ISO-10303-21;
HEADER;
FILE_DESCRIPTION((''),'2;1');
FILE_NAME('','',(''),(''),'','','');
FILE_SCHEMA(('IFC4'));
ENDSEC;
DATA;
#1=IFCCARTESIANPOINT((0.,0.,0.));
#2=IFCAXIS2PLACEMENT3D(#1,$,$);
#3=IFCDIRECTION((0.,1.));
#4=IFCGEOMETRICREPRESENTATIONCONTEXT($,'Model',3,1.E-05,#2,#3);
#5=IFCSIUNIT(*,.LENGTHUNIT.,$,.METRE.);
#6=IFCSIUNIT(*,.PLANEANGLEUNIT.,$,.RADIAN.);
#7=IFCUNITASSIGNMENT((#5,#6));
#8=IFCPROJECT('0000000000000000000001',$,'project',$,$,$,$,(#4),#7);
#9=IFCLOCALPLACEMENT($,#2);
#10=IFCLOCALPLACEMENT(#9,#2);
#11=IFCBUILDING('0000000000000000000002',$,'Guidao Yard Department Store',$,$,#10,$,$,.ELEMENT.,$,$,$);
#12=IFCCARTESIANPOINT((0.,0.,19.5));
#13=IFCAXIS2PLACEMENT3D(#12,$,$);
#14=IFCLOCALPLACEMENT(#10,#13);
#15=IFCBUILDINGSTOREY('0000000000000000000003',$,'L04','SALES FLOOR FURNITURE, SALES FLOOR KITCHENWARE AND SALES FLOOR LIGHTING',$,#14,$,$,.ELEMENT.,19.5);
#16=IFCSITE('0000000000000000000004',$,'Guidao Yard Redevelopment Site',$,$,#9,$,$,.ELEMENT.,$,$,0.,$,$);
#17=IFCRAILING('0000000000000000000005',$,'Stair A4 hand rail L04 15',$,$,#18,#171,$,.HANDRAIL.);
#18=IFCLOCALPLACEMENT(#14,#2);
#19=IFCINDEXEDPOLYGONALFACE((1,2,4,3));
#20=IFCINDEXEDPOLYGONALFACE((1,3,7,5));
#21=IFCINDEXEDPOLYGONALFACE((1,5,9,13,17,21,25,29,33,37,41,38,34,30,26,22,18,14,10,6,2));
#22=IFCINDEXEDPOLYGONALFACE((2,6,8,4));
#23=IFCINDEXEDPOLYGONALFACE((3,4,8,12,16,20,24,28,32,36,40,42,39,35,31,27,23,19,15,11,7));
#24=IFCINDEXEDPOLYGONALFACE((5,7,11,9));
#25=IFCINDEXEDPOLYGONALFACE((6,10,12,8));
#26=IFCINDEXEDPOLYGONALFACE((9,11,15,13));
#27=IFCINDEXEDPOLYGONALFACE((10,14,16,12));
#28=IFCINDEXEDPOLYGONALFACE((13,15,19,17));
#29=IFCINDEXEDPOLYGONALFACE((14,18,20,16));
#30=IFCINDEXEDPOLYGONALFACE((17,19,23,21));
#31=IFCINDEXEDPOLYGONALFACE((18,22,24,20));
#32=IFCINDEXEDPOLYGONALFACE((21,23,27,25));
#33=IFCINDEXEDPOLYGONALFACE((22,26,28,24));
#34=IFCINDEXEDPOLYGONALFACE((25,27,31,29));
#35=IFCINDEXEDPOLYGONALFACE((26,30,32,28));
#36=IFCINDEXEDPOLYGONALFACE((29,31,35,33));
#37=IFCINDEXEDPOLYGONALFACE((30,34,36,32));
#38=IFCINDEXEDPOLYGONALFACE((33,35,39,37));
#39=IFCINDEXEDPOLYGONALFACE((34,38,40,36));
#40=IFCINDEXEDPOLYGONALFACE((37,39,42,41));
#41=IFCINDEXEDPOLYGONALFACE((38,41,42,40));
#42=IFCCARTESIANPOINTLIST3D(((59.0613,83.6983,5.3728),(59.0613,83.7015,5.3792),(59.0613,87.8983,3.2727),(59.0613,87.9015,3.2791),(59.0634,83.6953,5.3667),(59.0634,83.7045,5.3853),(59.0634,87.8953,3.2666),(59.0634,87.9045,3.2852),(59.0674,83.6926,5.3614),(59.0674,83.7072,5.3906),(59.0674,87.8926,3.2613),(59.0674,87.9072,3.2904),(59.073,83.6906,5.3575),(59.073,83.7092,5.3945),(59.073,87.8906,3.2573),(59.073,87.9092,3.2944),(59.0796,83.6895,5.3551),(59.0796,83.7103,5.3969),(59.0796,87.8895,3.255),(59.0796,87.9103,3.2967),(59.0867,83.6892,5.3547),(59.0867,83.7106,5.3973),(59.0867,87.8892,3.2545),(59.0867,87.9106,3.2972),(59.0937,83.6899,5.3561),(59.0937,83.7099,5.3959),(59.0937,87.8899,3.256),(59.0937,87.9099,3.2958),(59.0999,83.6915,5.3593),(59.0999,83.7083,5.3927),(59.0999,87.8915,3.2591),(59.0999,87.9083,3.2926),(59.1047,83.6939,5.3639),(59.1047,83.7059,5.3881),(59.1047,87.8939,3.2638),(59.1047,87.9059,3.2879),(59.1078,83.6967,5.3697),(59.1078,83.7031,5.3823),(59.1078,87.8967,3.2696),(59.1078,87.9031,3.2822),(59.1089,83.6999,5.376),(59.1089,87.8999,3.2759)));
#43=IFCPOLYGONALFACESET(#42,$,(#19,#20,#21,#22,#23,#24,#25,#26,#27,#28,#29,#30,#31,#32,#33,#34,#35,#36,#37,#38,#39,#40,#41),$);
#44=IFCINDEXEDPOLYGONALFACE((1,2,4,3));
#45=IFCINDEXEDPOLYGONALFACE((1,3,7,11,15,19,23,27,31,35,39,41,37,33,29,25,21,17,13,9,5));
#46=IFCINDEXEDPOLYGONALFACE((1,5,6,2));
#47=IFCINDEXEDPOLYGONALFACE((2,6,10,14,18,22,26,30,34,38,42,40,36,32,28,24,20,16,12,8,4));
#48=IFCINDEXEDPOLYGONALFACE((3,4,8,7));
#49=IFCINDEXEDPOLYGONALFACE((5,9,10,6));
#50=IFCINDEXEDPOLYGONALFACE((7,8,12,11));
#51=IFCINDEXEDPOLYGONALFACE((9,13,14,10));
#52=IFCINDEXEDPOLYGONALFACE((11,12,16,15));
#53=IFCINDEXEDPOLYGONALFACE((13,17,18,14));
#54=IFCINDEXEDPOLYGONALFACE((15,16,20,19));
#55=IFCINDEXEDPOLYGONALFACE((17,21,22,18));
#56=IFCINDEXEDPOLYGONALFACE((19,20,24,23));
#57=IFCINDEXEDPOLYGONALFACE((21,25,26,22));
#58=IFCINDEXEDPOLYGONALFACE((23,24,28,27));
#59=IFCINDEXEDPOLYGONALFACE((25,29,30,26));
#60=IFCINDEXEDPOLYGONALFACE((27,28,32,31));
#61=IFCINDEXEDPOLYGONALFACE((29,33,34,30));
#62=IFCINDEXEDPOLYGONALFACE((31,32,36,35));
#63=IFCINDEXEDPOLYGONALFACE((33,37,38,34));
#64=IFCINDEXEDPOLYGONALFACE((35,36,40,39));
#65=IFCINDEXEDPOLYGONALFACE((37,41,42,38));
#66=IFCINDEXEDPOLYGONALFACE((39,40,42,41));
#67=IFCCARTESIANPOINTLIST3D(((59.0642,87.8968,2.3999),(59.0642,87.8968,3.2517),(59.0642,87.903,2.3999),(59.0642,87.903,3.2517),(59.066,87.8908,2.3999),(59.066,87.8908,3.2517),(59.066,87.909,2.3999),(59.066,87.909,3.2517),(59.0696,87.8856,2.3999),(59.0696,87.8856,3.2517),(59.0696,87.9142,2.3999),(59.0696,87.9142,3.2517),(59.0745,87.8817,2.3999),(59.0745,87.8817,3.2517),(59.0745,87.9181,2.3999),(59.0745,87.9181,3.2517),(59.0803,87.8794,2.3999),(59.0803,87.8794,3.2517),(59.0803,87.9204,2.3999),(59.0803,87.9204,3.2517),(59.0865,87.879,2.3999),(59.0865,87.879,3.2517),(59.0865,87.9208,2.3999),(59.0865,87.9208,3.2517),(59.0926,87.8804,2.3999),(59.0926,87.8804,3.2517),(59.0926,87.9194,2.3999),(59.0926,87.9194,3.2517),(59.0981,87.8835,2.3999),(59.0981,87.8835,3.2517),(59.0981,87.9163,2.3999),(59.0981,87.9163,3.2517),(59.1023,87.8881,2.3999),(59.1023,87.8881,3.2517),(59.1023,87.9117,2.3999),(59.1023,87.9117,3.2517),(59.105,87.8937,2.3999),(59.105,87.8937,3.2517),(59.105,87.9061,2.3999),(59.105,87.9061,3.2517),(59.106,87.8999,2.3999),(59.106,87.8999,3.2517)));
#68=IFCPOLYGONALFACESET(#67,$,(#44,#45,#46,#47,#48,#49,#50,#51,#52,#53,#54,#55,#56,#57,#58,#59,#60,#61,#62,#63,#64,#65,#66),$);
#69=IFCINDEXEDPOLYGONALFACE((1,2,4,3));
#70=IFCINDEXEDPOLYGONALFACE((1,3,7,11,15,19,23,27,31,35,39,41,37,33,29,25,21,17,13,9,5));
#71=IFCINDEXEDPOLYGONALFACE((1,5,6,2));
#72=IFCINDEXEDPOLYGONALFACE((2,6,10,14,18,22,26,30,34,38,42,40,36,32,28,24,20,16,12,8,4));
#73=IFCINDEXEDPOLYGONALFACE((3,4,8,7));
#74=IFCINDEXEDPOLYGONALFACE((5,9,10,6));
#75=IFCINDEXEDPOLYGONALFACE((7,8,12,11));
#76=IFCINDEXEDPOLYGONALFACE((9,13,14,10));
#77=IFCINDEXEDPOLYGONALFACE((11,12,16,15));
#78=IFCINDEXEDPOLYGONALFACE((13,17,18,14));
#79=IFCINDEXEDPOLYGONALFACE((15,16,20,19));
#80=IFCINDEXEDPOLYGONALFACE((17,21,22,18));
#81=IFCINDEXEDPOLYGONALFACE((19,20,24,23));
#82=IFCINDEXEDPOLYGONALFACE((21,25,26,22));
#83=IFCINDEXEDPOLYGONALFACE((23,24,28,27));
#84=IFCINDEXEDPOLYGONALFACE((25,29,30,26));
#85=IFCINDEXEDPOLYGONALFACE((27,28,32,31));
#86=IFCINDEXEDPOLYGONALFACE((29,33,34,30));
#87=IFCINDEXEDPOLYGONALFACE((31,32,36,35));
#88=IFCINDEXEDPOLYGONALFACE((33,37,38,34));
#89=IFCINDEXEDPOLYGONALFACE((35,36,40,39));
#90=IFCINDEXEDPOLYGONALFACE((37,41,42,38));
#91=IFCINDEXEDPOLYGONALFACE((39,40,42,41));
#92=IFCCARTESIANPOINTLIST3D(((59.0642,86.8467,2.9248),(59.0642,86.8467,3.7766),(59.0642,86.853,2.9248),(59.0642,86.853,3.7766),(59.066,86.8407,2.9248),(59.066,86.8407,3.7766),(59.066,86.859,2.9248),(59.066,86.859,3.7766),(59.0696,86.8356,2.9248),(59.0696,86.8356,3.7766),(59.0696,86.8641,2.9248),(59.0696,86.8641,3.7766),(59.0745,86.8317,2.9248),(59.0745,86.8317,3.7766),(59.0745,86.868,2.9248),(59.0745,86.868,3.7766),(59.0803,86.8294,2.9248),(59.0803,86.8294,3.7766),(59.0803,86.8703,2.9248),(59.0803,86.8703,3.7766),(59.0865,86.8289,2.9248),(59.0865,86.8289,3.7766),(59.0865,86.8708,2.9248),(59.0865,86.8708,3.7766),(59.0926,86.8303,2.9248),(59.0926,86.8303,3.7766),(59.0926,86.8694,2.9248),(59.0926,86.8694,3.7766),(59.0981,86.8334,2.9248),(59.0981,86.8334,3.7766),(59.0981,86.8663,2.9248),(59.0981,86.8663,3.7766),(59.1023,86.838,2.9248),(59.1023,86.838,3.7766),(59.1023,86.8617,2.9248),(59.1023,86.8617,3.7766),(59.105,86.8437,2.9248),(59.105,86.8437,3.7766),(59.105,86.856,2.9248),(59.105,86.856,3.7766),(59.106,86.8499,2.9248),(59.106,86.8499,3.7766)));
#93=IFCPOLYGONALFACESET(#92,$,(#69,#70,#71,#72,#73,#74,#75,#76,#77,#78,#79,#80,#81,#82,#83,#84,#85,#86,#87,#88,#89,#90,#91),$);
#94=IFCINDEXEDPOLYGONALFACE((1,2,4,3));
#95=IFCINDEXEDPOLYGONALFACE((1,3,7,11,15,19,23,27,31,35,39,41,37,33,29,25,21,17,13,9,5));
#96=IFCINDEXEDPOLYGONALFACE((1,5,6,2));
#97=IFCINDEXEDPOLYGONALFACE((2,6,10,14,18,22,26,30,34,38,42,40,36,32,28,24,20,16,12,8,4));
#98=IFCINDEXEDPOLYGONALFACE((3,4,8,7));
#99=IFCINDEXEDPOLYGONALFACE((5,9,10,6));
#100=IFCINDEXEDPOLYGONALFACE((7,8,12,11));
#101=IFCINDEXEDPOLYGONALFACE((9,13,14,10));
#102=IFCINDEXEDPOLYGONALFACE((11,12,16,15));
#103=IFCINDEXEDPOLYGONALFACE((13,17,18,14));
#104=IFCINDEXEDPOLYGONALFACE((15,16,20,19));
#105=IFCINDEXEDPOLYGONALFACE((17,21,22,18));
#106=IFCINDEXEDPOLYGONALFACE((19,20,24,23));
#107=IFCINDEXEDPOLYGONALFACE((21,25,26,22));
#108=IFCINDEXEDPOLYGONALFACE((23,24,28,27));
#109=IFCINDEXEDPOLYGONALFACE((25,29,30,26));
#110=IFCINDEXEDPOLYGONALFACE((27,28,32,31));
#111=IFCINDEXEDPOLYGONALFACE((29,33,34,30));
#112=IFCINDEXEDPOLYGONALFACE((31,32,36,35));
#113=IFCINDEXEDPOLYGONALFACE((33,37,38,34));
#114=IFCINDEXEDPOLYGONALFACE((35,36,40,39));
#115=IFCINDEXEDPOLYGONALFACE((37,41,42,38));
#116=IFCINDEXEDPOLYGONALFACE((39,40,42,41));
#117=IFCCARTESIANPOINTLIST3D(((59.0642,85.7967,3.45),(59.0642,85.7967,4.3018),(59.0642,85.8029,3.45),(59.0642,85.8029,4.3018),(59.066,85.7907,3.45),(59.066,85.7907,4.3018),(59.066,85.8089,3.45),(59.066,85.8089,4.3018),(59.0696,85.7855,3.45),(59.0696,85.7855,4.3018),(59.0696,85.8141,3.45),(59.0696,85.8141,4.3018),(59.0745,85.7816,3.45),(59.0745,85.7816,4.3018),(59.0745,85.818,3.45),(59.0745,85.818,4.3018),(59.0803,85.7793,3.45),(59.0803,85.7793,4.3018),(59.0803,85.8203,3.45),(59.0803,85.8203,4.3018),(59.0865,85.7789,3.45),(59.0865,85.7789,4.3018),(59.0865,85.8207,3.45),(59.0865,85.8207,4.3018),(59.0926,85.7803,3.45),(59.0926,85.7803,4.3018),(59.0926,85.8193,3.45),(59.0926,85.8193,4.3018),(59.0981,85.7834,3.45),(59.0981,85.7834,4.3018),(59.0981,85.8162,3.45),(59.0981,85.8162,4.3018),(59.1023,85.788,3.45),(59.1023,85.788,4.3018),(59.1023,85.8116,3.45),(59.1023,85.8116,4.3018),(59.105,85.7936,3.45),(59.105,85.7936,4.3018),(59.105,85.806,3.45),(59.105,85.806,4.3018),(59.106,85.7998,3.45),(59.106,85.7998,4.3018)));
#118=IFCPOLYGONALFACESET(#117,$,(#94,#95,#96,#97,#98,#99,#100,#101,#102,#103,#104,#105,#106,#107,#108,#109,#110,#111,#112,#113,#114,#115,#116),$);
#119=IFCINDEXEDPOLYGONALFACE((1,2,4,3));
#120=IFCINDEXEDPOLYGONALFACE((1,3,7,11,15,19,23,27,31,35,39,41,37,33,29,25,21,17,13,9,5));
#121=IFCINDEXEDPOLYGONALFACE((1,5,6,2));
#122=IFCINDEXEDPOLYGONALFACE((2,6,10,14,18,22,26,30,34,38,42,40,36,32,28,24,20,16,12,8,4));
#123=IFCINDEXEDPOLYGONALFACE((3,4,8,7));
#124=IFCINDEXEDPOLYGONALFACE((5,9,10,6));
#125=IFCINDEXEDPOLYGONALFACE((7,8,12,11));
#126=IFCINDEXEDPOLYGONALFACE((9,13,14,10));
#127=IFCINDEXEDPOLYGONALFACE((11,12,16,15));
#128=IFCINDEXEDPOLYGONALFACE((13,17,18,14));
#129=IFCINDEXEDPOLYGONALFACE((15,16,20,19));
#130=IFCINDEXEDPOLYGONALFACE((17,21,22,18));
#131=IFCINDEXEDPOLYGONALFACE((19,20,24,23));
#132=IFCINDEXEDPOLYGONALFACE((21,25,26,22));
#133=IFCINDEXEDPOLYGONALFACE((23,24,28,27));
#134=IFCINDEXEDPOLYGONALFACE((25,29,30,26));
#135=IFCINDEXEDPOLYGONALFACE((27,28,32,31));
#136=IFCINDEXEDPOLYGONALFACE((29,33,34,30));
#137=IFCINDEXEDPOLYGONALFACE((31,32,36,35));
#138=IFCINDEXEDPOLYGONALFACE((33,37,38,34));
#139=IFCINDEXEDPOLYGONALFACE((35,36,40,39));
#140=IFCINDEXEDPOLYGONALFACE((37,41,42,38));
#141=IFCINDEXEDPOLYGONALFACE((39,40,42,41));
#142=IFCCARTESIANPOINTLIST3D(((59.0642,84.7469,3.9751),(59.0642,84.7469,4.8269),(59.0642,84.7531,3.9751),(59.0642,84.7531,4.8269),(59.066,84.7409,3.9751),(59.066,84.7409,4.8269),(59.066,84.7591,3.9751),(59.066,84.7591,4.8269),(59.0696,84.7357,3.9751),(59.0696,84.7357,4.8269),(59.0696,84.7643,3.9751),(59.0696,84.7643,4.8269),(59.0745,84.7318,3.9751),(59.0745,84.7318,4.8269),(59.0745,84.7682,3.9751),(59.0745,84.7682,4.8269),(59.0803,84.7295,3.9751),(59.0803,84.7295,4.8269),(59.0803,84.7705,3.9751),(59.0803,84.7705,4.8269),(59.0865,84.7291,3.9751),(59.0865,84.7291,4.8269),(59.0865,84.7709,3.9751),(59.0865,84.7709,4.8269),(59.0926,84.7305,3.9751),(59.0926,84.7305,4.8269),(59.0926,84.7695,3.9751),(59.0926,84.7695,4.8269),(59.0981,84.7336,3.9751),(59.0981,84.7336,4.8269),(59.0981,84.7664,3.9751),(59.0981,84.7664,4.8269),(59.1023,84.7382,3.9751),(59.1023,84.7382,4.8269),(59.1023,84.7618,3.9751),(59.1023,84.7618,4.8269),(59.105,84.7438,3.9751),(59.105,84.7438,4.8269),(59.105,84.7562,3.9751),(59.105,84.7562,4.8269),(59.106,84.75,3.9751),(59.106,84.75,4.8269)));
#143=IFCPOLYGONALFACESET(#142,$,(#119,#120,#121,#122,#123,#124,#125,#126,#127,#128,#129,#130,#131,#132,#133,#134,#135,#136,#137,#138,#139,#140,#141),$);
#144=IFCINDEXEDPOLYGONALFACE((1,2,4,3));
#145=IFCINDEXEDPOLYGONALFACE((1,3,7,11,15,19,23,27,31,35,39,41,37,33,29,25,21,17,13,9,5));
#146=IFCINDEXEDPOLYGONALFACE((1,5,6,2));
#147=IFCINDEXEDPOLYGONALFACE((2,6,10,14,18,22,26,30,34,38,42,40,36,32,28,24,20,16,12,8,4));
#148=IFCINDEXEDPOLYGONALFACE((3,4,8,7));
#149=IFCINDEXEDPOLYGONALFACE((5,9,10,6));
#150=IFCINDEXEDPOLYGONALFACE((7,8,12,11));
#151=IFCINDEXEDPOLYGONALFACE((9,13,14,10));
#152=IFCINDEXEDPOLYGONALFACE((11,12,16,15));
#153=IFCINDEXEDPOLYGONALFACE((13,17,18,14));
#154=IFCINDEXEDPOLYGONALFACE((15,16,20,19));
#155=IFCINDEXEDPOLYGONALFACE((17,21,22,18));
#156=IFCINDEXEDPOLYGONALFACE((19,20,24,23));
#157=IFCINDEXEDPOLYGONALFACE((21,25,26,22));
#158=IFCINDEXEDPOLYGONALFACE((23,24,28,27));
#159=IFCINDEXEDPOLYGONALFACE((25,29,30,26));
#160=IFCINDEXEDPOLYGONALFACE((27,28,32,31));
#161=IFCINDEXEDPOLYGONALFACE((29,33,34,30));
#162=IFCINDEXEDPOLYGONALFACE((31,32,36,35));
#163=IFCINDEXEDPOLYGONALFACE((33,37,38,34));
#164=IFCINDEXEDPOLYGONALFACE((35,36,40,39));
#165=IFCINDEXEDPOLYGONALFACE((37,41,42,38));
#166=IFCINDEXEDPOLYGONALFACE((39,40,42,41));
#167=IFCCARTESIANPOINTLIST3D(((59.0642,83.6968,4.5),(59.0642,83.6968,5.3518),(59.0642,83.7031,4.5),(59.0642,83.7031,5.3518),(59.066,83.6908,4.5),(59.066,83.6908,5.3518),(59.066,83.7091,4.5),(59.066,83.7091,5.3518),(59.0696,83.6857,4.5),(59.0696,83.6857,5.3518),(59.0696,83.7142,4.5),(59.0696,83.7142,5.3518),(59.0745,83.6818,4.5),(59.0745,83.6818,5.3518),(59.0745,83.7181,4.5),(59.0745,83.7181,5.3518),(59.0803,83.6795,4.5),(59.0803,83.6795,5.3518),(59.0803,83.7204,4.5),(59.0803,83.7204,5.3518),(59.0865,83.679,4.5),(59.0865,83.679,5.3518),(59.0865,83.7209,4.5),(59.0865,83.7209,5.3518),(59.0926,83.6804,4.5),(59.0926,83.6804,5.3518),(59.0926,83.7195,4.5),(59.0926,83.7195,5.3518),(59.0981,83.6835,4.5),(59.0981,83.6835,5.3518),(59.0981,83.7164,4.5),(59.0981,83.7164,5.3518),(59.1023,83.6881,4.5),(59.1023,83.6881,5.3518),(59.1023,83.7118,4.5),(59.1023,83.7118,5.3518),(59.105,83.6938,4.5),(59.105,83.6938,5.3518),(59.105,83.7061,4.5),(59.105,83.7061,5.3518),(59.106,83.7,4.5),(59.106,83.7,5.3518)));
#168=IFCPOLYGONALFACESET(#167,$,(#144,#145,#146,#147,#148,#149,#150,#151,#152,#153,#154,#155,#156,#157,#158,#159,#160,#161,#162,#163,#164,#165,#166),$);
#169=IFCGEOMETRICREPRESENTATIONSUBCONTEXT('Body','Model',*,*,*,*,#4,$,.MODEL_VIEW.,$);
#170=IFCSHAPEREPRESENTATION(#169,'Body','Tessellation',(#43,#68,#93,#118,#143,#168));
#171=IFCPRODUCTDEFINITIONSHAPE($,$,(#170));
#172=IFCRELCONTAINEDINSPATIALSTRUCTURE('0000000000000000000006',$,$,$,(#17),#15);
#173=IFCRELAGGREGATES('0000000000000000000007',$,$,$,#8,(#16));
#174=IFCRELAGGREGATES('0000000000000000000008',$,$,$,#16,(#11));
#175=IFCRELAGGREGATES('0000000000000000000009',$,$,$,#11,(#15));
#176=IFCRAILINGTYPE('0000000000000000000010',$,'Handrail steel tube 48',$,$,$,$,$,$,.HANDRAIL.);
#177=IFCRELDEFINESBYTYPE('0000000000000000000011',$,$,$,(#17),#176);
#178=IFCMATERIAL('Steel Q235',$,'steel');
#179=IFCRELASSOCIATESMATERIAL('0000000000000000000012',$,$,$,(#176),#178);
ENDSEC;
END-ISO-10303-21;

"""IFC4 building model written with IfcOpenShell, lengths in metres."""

from ifc_helpers import new_model, si_unit, direction, frame, origin, origin_2d, place, context, subcontext, project, spatial, circle, extrude, material, type_object, element, save


model = new_model("IFC4")

# Units and contexts
model_context = context("Model", 3, precision=1e-05, world=origin(), true_north=direction((0.0, 1.0)))
body_context = subcontext(model_context, "Body", "Model", "MODEL_VIEW")
ifc_project = project(units=[si_unit("LENGTHUNIT", "METRE"), si_unit("PLANEANGLEUNIT", "RADIAN")], contexts=[model_context])

# Site, building, storey
site_placement = place(None, origin())
site = spatial("IfcSite", under=ifc_project, at=site_placement, Name="Guidao Yard Redevelopment Site", CompositionType="ELEMENT", RefElevation=0.0)
building_placement = place(site_placement, origin())
building = spatial("IfcBuilding", under=site, at=building_placement, Name="Guidao Yard Department Store", CompositionType="ELEMENT")
storey_placement = place(building_placement, frame((0.0, 0.0, 19.5)))
storey = spatial("IfcBuildingStorey", under=building, at=storey_placement, Name="L04", Description="SALES FLOOR FURNITURE, SALES FLOOR KITCHENWARE AND SALES FLOOR LIGHTING", CompositionType="ELEMENT", Elevation=19.5)

# Railing
ifc_material_1 = material(Name="Steel Q235", Category="steel")
railing_type_1 = type_object("IfcRailingType", Name="Handrail steel tube 48", PredefinedType="HANDRAIL", material=ifc_material_1)
railing_1_placement = place(storey_placement, frame((59.085, 87.8999, 2.3999)))
element("IfcRailing", 1, at=railing_1_placement, inside=storey, type_object=railing_type_1, Name="Stair A4 hand rail L04 15", PredefinedType="HANDRAIL", context=body_context, shape_type="SweptSolid", body=[
    extrude(circle(Radius=0.0239, at=origin_2d()), frame((0.0, 0.0, 0.876), z_axis=(0.0, -0.894417, 0.447234), x_axis=(1.0, 0.0, 0.0)), (0.0, 0.0, 1.0), 4.6958),
    extrude(circle(Radius=0.021, at=origin_2d()), origin(), (0.0, 0.0, 1.0), 0.8518),
    extrude(circle(Radius=0.021, at=origin_2d()), frame((0.0, -1.05, 0.5249)), (0.0, 0.0, 1.0), 0.8518),
    extrude(circle(Radius=0.021, at=origin_2d()), frame((0.0, -2.1001, 1.05)), (0.0, 0.0, 1.0), 0.8518),
    extrude(circle(Radius=0.021, at=origin_2d()), frame((0.0, -3.1499, 1.5752)), (0.0, 0.0, 1.0), 0.8518),
    extrude(circle(Radius=0.021, at=origin_2d()), frame((0.0, -4.2, 2.1001)), (0.0, 0.0, 1.0), 0.8518),
])

save(model, "model.ifc")
